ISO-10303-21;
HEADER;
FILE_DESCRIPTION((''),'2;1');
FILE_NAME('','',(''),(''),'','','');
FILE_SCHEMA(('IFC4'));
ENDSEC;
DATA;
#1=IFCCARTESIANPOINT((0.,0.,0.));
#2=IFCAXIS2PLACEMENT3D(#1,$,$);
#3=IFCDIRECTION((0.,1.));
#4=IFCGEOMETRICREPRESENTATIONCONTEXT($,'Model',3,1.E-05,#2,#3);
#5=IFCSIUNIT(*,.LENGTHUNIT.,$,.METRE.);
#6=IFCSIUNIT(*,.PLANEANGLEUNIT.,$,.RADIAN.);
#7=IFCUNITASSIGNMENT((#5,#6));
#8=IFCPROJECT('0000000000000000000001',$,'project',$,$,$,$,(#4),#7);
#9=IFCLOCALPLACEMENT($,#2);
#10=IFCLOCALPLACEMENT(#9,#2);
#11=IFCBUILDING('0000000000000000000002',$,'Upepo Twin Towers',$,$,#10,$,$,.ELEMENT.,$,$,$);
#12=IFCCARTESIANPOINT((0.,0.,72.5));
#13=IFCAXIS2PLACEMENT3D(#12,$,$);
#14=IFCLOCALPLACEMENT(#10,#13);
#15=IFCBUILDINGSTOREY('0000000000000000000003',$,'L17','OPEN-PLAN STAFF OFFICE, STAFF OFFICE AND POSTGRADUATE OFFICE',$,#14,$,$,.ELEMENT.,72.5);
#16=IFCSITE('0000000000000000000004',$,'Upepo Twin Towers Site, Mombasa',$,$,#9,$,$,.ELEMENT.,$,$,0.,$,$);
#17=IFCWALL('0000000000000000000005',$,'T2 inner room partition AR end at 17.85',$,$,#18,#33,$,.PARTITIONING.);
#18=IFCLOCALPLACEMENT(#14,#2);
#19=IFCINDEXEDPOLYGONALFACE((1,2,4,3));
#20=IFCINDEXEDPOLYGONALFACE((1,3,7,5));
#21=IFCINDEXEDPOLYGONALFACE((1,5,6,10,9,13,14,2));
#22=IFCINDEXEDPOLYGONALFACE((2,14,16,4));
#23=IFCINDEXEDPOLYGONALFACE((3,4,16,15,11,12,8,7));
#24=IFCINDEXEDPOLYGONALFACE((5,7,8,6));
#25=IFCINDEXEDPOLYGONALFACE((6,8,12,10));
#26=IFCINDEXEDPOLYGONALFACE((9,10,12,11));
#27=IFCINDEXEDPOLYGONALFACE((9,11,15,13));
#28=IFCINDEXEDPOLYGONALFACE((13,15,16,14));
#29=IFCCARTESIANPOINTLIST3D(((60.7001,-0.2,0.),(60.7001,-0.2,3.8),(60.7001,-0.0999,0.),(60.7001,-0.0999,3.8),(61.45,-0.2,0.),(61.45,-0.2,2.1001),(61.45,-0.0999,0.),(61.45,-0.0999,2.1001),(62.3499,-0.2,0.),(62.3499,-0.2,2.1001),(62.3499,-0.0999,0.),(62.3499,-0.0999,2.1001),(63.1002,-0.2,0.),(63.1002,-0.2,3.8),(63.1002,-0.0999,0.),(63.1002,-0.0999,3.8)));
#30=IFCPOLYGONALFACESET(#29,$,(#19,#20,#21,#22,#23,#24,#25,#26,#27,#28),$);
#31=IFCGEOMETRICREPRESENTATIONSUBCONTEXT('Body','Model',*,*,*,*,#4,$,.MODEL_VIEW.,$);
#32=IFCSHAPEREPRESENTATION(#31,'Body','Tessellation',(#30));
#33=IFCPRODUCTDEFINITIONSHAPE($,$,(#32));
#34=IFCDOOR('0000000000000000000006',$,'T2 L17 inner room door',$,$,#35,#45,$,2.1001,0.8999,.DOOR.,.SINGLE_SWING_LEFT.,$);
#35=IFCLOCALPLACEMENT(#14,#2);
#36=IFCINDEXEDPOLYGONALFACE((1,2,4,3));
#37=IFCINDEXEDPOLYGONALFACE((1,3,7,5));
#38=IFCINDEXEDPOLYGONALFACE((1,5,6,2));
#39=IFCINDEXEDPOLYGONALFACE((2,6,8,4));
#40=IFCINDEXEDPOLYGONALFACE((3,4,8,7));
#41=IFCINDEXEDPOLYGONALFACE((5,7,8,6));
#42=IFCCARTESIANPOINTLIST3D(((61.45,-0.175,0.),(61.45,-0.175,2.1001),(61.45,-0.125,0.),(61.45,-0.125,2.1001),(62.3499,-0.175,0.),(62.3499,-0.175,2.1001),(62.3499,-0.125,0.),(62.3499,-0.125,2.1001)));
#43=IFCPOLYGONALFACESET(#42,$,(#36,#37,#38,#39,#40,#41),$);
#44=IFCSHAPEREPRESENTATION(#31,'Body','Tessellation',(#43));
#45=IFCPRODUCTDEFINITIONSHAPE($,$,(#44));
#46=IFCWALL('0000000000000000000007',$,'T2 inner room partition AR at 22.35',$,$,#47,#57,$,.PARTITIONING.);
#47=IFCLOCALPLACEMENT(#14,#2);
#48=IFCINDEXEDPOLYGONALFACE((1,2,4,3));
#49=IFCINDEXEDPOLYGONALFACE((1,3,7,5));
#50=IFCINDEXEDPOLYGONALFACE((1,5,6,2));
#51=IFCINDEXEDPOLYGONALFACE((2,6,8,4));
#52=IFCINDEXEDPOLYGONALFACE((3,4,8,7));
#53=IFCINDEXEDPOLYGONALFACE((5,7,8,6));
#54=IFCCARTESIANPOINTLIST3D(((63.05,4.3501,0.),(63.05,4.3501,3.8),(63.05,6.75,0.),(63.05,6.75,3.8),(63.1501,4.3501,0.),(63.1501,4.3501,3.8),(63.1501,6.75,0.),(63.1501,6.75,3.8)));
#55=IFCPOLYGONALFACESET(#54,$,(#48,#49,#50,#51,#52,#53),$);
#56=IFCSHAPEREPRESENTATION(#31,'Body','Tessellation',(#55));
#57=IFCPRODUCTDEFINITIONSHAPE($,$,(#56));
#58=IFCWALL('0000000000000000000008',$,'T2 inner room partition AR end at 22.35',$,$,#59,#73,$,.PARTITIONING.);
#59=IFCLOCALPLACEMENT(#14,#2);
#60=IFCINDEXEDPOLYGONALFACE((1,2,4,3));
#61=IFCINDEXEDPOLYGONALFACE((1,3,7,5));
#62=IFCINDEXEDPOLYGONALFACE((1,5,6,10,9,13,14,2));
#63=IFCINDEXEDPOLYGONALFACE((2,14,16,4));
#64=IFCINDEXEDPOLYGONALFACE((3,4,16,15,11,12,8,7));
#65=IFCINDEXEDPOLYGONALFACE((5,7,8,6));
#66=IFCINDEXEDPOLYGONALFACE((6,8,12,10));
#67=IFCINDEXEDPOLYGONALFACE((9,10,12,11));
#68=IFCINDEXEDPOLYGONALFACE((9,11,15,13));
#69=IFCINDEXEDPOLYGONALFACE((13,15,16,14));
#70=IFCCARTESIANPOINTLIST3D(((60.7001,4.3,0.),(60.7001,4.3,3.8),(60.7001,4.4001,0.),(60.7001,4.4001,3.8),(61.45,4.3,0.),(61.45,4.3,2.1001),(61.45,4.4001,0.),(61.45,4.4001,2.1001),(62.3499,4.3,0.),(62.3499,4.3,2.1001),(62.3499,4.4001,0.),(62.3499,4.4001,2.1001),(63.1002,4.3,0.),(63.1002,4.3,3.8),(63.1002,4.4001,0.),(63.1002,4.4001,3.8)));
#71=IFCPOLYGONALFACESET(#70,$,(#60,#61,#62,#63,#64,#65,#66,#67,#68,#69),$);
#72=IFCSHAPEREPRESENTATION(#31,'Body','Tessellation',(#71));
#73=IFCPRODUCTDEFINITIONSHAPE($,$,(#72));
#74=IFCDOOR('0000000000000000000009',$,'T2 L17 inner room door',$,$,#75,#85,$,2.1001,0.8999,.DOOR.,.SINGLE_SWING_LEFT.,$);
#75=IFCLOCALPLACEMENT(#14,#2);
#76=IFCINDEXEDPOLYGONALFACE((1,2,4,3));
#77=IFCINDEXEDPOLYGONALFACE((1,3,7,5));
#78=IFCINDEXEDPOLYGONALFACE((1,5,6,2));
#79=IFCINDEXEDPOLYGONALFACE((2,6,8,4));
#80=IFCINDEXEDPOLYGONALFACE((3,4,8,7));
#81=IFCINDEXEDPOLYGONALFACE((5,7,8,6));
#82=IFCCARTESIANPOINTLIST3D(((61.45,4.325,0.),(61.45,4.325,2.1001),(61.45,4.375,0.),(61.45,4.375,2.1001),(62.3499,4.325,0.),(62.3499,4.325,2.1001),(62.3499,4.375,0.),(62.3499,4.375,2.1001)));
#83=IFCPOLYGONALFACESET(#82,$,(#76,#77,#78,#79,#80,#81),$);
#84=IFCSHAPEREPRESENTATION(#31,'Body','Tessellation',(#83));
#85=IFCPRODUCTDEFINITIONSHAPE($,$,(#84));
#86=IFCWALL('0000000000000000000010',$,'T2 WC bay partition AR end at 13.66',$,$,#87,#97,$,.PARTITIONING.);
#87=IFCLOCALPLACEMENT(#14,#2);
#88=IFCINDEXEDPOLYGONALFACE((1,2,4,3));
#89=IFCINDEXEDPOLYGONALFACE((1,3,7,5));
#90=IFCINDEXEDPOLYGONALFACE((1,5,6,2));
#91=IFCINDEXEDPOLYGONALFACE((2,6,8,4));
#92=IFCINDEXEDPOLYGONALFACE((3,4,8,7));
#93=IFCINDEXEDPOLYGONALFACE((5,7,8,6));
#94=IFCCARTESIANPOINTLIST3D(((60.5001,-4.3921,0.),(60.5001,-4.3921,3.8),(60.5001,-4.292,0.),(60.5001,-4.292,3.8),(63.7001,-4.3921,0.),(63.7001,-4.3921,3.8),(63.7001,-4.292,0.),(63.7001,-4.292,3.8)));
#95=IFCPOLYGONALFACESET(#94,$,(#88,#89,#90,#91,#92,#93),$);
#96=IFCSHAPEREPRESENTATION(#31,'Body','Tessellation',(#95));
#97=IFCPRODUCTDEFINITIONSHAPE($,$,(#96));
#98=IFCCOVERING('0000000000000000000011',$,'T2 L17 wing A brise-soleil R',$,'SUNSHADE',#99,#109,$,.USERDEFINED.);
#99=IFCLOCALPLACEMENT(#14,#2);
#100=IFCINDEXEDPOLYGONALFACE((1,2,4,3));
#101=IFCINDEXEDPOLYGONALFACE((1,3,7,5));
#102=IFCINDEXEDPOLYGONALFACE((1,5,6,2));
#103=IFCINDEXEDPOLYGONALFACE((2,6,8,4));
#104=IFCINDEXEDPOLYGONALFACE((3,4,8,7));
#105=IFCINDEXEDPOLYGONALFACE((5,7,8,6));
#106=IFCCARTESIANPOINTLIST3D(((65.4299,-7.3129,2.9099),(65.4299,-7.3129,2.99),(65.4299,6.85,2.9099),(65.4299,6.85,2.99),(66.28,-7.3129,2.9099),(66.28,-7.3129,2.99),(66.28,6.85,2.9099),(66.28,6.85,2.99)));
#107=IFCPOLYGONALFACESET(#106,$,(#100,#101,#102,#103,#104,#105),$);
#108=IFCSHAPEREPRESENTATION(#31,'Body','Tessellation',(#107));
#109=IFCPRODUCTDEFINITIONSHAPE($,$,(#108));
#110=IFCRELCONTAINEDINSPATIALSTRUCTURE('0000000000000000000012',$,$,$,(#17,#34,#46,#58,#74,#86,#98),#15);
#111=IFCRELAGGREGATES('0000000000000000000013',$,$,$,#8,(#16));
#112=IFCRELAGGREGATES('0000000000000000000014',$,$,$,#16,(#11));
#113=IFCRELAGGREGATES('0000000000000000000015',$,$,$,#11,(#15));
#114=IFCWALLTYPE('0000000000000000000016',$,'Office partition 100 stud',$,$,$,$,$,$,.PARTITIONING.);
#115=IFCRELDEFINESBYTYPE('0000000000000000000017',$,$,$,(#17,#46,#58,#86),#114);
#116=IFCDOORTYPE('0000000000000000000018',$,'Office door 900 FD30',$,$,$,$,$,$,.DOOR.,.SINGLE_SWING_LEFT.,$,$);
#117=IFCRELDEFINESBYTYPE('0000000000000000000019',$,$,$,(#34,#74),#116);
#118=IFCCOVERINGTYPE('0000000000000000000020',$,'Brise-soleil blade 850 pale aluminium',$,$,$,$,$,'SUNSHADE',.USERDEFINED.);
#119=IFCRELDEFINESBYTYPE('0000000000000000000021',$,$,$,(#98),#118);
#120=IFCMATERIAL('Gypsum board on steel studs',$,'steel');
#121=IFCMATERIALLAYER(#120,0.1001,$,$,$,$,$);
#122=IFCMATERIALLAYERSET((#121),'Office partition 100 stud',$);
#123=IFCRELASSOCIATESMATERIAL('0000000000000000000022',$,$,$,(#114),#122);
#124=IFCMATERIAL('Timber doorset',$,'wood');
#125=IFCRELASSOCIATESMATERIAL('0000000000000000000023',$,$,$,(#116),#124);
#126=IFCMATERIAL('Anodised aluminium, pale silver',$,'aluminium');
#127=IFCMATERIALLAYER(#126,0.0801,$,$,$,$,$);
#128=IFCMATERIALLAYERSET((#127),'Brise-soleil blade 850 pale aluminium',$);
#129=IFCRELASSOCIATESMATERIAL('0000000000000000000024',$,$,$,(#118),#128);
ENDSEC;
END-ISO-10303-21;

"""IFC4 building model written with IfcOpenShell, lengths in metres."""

from ifc_helpers import new_model, si_unit, direction, frame, frame_2d, origin, origin_2d, place, context, subcontext, project, spatial, rectangle, extrude, material, layer, layer_set, type_object, element, fill, save


model = new_model("IFC4")

# Units and contexts
model_context = context("Model", 3, precision=1e-05, world=origin(), true_north=direction((0.0, 1.0)))
body_context = subcontext(model_context, "Body", "Model", "MODEL_VIEW")
ifc_project = project(units=[si_unit("LENGTHUNIT", "METRE"), si_unit("PLANEANGLEUNIT", "RADIAN")], contexts=[model_context])

# Site, building, storey
site_placement = place(None, origin())
site = spatial("IfcSite", under=ifc_project, at=site_placement, Name="Upepo Twin Towers Site, Mombasa", CompositionType="ELEMENT", RefElevation=0.0)
building_placement = place(site_placement, origin())
building = spatial("IfcBuilding", under=site, at=building_placement, Name="Upepo Twin Towers", CompositionType="ELEMENT")
storey_placement = place(building_placement, frame((0.0, 0.0, 72.5)))
storey = spatial("IfcBuildingStorey", under=building, at=storey_placement, Name="L17", Description="OPEN-PLAN STAFF OFFICE, STAFF OFFICE AND POSTGRADUATE OFFICE", CompositionType="ELEMENT", Elevation=72.5)

# Shared definitions
ifc_material_1 = material(Name="Gypsum board on steel studs", Category="steel")
ifc_layer_1 = layer(ifc_material_1, 0.1001)
ifc_layer_set_1 = layer_set([ifc_layer_1], Name="Office partition 100 stud")
wall_type = type_object("IfcWallType", Name="Office partition 100 stud", PredefinedType="PARTITIONING", material=ifc_layer_set_1)

# Wall, opening, door
wall_1_placement = place(storey_placement, frame((60.7, -0.1499, 0.0), z_axis=(0.0, 0.0, 1.0), x_axis=(1.0, 0.0, 0.0)))
wall_1 = element("IfcWall", 1, at=wall_1_placement, inside=storey, type_object=wall_type, Name="T2 inner room partition AR end at 17.85", PredefinedType="PARTITIONING", context=body_context, shape_type="SweptSolid", body=[
    extrude(rectangle(XDim=2.4001, YDim=0.1001, at=frame_2d((1.2002, 0.0))), origin(), (0.0, 0.0, 1.0), 3.8),
])
opening_1_placement = place(wall_1_placement, frame((0.75, 0.0, 0.0)))
opening_1 = element("IfcOpeningElement", 2, at=opening_1_placement, cuts=wall_1, PredefinedType="OPENING", context=body_context, shape_type="SweptSolid", body=[
    extrude(rectangle(XDim=0.8999, YDim=2.1001, at=frame_2d((0.45, 1.05))), frame((0.0, 0.0601, 0.0), z_axis=(0.0, -1.0, 0.0), x_axis=(1.0, 0.0, 0.0)), (0.0, 0.0, 1.0), 0.1201),
])
ifc_material_2 = material(Name="Timber doorset", Category="wood")
door_type = type_object("IfcDoorType", Name="Office door 900 FD30", OperationType="SINGLE_SWING_LEFT", PredefinedType="DOOR", material=ifc_material_2)
door_1_placement = place(opening_1_placement, origin())
door_1 = element("IfcDoor", 3, at=door_1_placement, inside=storey, type_object=door_type, Name="T2 L17 inner room door", OperationType="SINGLE_SWING_LEFT", OverallHeight=2.1001, OverallWidth=0.8999, PredefinedType="DOOR", context=body_context, shape_type="SweptSolid", body=[
    extrude(rectangle(XDim=0.8999, YDim=2.1001, at=frame_2d((0.45, 1.05))), frame((0.0, 0.0249, 0.0), z_axis=(0.0, -1.0, 0.0), x_axis=(1.0, 0.0, 0.0)), (0.0, 0.0, 1.0), 0.05),
])
fill(opening_1, door_1)

# Wall
wall_2_placement = place(storey_placement, frame((63.1001, 4.3501, 0.0), z_axis=(0.0, 0.0, 1.0), x_axis=(0.0, 1.0, 0.0)))
element("IfcWall", 4, at=wall_2_placement, inside=storey, type_object=wall_type, Name="T2 inner room partition AR at 22.35", PredefinedType="PARTITIONING", context=body_context, shape_type="SweptSolid", body=[
    extrude(rectangle(XDim=2.3999, YDim=0.1001, at=frame_2d((1.2, 0.0))), origin(), (0.0, 0.0, 1.0), 3.8),
])

# Wall, opening, door
wall_3_placement = place(storey_placement, frame((60.7, 4.3501, 0.0), z_axis=(0.0, 0.0, 1.0), x_axis=(1.0, 0.0, 0.0)))
wall_3 = element("IfcWall", 5, at=wall_3_placement, inside=storey, type_object=wall_type, Name="T2 inner room partition AR end at 22.35", PredefinedType="PARTITIONING", context=body_context, shape_type="SweptSolid", body=[
    extrude(rectangle(XDim=2.4001, YDim=0.1001, at=frame_2d((1.2002, 0.0))), origin(), (0.0, 0.0, 1.0), 3.8),
])
opening_2_placement = place(wall_3_placement, frame((0.75, 0.0, 0.0)))
opening_2 = element("IfcOpeningElement", 6, at=opening_2_placement, cuts=wall_3, PredefinedType="OPENING", context=body_context, shape_type="SweptSolid", body=[
    extrude(rectangle(XDim=0.8999, YDim=2.1001, at=frame_2d((0.45, 1.05))), frame((0.0, 0.0601, 0.0), z_axis=(0.0, -1.0, 0.0), x_axis=(1.0, 0.0, 0.0)), (0.0, 0.0, 1.0), 0.1201),
])
door_2_placement = place(opening_2_placement, origin())
door_2 = element("IfcDoor", 7, at=door_2_placement, inside=storey, type_object=door_type, Name="T2 L17 inner room door", OperationType="SINGLE_SWING_LEFT", OverallHeight=2.1001, OverallWidth=0.8999, PredefinedType="DOOR", context=body_context, shape_type="SweptSolid", body=[
    extrude(rectangle(XDim=0.8999, YDim=2.1001, at=frame_2d((0.45, 1.05))), frame((0.0, 0.0249, 0.0), z_axis=(0.0, -1.0, 0.0), x_axis=(1.0, 0.0, 0.0)), (0.0, 0.0, 1.0), 0.05),
])
fill(opening_2, door_2)

# Wall
wall_4_placement = place(storey_placement, frame((60.5, -4.342, 0.0), z_axis=(0.0, 0.0, 1.0), x_axis=(1.0, 0.0, 0.0)))
element("IfcWall", 8, at=wall_4_placement, inside=storey, type_object=wall_type, Name="T2 WC bay partition AR end at 13.66", PredefinedType="PARTITIONING", context=body_context, shape_type="SweptSolid", body=[
    extrude(rectangle(XDim=3.2, YDim=0.1001, at=frame_2d((1.6001, 0.0))), origin(), (0.0, 0.0, 1.0), 3.8),
])

# Covering
ifc_material_3 = material(Name="Anodised aluminium, pale silver", Category="aluminium")
ifc_layer_2 = layer(ifc_material_3, 0.0801)
ifc_layer_set_2 = layer_set([ifc_layer_2], Name="Brise-soleil blade 850 pale aluminium")
covering_type = type_object("IfcCoveringType", Name="Brise-soleil blade 850 pale aluminium", ElementType="SUNSHADE", PredefinedType="USERDEFINED", material=ifc_layer_set_2)
covering_placement = place(storey_placement, frame((65.855, -0.2314, 2.9099), z_axis=(0.0, 0.0, 1.0), x_axis=(0.0, 1.0, 0.0)))
element("IfcCovering", 9, at=covering_placement, inside=storey, type_object=covering_type, Name="T2 L17 wing A brise-soleil R", ObjectType="SUNSHADE", PredefinedType="USERDEFINED", context=body_context, shape_type="SweptSolid", body=[
    extrude(rectangle(XDim=14.1628, YDim=0.8501, at=origin_2d()), origin(), (0.0, 0.0, 1.0), 0.0801),
])

save(model, "model.ifc")
